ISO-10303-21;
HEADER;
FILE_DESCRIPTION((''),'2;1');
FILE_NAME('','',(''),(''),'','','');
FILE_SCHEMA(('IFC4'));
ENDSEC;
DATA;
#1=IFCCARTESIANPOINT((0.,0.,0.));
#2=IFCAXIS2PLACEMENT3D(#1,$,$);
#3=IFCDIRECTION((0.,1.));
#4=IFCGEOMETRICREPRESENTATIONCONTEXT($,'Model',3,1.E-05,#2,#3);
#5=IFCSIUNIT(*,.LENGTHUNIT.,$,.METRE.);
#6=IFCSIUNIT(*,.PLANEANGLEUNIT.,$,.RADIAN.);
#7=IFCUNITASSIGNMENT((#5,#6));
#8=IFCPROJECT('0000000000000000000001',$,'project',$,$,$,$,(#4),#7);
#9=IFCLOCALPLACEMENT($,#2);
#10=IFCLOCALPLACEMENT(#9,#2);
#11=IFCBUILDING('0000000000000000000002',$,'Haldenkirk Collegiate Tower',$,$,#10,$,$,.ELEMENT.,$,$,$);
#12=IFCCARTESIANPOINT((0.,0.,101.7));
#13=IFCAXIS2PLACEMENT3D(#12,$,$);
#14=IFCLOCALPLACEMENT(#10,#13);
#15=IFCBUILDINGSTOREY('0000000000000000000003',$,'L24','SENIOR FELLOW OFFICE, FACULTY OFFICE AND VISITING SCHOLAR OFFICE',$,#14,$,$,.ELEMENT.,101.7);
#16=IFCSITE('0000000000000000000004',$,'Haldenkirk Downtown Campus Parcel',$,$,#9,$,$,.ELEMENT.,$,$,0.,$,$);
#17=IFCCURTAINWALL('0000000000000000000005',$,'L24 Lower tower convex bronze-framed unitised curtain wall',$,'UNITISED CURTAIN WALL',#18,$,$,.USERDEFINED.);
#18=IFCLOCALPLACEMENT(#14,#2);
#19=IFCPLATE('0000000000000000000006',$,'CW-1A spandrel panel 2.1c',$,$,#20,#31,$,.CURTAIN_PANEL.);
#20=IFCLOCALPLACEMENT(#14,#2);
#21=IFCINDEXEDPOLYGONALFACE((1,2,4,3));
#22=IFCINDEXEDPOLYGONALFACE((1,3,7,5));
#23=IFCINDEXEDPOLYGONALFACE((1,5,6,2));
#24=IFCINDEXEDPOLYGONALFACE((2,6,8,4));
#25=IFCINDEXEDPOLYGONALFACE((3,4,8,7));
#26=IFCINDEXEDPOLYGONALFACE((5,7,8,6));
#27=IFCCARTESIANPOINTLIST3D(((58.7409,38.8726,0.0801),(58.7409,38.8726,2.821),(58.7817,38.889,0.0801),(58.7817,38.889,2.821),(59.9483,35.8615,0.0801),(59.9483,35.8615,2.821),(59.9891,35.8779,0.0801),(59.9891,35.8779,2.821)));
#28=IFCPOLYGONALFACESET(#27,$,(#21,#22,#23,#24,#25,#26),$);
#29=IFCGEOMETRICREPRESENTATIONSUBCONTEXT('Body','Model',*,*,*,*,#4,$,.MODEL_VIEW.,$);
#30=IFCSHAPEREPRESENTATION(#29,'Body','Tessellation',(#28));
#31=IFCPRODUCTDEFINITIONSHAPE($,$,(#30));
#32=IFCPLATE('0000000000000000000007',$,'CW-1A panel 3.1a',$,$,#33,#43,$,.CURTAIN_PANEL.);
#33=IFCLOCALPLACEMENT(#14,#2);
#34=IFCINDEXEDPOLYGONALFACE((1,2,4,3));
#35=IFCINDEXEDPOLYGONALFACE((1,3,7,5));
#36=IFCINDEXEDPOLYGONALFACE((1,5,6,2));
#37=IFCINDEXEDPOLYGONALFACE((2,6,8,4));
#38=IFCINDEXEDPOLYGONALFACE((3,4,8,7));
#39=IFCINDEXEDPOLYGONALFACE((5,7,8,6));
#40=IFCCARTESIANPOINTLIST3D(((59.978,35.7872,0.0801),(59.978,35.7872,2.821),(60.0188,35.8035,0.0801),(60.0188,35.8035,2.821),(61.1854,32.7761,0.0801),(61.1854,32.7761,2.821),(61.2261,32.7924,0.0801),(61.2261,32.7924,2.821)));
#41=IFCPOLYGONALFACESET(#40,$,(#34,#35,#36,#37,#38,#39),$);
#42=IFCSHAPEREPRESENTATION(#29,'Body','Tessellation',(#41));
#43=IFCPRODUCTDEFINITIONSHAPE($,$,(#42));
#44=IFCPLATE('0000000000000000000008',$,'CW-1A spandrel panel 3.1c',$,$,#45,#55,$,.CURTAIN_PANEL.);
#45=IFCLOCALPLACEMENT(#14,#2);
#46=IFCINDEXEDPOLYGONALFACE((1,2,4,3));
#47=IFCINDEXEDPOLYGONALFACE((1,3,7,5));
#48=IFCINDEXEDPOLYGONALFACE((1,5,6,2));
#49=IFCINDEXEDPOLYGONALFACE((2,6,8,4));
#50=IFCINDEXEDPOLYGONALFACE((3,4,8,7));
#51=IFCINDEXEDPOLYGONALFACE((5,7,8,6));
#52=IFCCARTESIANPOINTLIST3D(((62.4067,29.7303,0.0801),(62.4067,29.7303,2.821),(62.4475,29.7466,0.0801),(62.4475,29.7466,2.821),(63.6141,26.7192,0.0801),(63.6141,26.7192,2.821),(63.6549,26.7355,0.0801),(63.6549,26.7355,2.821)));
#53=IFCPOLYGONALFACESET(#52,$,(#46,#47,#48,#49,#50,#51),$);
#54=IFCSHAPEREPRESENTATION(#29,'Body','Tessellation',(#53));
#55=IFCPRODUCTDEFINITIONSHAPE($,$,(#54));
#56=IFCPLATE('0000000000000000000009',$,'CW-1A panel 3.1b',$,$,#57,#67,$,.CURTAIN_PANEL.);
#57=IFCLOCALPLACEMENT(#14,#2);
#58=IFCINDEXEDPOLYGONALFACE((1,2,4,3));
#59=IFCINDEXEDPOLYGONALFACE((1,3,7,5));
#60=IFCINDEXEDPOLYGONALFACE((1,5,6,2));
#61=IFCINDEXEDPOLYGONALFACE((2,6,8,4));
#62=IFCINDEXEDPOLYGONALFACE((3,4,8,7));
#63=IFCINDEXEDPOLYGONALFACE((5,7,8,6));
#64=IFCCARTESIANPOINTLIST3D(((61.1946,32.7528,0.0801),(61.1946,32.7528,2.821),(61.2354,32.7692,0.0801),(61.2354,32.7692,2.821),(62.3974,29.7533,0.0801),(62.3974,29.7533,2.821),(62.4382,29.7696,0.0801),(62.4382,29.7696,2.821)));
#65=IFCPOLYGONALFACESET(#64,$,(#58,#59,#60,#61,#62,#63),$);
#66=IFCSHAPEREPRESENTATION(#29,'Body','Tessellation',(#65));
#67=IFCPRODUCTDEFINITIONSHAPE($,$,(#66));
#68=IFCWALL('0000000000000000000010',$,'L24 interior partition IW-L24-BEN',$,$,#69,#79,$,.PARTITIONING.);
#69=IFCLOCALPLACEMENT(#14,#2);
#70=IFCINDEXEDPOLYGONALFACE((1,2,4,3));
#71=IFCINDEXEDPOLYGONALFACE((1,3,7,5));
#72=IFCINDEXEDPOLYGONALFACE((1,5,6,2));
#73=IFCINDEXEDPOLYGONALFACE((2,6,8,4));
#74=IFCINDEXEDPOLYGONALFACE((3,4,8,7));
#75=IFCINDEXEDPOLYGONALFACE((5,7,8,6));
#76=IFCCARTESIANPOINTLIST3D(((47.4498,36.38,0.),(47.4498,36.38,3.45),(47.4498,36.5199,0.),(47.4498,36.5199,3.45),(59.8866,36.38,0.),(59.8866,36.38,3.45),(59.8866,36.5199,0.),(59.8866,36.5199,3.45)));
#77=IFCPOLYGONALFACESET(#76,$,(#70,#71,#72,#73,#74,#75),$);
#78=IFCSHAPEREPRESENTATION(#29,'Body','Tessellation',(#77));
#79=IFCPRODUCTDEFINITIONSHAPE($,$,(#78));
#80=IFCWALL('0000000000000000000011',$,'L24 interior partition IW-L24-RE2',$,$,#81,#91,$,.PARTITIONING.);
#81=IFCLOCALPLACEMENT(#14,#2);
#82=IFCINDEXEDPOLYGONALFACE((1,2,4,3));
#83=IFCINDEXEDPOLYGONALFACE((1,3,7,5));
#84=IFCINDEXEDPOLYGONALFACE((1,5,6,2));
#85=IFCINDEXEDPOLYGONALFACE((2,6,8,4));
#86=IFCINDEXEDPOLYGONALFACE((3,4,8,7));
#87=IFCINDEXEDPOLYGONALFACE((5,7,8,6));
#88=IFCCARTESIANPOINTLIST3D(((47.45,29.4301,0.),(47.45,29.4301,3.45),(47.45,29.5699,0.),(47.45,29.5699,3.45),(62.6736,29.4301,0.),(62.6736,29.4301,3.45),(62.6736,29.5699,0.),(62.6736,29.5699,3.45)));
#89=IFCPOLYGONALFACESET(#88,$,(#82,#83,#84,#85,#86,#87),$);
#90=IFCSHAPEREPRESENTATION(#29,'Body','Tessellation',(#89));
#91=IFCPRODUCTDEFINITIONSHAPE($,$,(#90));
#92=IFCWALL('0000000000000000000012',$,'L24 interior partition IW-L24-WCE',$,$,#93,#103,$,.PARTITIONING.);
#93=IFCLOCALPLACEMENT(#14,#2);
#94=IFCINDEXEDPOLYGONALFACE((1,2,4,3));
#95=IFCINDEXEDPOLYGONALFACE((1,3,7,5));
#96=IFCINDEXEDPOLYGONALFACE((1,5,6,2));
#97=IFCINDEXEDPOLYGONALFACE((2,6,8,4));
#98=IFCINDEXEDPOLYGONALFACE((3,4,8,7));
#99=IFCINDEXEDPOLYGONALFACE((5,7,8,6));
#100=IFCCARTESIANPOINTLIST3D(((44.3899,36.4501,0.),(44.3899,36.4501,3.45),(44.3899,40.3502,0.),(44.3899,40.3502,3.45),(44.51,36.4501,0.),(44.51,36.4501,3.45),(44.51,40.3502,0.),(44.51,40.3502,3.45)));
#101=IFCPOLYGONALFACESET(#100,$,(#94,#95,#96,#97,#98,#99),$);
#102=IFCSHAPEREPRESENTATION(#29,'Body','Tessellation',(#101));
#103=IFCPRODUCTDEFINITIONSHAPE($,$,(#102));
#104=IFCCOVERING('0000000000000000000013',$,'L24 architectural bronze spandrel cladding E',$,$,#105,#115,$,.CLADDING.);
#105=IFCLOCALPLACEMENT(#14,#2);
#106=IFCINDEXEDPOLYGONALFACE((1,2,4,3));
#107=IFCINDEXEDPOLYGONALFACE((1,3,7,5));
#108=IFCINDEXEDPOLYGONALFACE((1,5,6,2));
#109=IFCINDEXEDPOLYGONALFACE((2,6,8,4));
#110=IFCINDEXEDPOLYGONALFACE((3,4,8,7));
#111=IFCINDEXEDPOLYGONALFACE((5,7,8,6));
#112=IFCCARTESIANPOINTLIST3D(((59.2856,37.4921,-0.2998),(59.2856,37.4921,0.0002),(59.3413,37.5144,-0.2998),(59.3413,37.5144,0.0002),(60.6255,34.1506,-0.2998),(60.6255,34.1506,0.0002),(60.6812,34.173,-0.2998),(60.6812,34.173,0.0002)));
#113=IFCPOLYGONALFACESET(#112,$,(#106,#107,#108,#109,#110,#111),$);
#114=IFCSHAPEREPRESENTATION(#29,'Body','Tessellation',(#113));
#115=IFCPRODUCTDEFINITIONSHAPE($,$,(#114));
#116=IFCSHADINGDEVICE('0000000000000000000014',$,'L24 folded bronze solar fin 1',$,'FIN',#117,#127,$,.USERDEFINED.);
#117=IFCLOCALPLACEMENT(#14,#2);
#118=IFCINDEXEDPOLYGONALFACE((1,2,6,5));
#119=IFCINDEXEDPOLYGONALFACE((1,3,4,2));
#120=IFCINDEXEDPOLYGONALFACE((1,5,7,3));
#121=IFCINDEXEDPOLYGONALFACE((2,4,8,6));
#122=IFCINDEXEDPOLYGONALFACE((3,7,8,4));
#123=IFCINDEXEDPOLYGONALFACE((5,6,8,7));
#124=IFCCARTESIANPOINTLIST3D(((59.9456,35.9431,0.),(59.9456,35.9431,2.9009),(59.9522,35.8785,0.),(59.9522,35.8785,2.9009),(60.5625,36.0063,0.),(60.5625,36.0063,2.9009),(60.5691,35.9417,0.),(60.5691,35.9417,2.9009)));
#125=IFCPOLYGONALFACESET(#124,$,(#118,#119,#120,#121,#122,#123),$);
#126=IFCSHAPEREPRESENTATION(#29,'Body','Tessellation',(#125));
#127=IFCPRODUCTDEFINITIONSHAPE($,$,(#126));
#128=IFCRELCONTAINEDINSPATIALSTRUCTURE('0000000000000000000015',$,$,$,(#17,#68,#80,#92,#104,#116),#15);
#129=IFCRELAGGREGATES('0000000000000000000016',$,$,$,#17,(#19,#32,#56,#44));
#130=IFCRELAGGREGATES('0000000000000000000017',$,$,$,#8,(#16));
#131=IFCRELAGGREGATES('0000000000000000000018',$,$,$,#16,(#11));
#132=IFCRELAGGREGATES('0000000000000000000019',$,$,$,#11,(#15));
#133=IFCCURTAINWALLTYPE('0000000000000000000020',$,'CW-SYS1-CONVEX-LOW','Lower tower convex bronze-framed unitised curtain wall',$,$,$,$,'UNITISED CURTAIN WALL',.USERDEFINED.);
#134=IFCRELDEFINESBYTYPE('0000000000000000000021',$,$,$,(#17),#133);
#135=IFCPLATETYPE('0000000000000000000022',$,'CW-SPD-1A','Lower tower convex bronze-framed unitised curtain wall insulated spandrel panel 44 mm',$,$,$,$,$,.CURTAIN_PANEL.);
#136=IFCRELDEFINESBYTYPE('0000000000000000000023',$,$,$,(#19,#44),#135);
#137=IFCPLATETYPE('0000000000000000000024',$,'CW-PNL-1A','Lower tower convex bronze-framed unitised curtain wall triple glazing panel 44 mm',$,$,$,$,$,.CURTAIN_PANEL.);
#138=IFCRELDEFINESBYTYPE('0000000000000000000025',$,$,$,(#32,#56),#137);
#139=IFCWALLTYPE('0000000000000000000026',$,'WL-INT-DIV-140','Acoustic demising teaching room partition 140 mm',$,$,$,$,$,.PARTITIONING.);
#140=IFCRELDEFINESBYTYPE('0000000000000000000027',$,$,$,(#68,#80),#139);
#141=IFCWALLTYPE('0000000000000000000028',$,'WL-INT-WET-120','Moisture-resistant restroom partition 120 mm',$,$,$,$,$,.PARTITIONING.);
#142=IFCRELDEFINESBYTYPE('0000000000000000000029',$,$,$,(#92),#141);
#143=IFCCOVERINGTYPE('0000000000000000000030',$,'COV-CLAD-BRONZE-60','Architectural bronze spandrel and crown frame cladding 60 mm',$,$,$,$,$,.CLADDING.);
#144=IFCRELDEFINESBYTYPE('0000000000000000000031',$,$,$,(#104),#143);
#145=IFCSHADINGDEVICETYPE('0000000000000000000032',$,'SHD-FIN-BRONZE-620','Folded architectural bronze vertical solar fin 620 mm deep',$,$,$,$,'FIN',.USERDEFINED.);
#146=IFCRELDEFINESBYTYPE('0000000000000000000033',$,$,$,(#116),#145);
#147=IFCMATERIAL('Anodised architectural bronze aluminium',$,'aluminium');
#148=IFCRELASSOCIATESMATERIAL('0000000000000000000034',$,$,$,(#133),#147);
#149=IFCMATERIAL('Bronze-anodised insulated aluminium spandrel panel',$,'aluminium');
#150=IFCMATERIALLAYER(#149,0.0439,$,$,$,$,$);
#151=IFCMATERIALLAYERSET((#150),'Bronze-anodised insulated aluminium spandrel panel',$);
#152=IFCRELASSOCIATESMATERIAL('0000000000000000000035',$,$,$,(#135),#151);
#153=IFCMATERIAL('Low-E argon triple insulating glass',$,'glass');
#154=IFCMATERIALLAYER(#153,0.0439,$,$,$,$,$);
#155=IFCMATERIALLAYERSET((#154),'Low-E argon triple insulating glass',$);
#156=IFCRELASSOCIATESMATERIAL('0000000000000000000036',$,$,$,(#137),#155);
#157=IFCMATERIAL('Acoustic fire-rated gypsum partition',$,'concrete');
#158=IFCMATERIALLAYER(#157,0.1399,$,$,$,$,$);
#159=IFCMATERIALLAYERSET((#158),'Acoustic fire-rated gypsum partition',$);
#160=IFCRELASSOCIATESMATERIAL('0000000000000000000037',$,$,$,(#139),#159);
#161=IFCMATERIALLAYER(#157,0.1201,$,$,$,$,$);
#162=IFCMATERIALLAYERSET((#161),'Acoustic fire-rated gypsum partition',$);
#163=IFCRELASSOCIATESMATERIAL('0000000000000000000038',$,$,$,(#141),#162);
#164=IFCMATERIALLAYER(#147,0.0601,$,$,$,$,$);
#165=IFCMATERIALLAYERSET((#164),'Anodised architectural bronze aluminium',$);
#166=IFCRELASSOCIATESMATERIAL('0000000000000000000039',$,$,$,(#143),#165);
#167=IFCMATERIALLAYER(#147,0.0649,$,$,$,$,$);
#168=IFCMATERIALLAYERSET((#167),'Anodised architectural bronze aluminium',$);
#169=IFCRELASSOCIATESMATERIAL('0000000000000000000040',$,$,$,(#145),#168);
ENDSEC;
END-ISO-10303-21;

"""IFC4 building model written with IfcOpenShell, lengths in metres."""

from ifc_helpers import new_model, si_unit, direction, frame, frame_2d, origin, origin_2d, place, context, subcontext, project, spatial, rectangle, extrude, source, transform, mapped, material, layer, layer_set, type_object, element, aggregate, save


model = new_model("IFC4")

# Units and contexts
model_context = context("Model", 3, precision=1e-05, world=origin(), true_north=direction((0.0, 1.0)))
body_context = subcontext(model_context, "Body", "Model", "MODEL_VIEW")
ifc_project = project(units=[si_unit("LENGTHUNIT", "METRE"), si_unit("PLANEANGLEUNIT", "RADIAN")], contexts=[model_context])

# Site, building, storey
site_placement = place(None, origin())
site = spatial("IfcSite", under=ifc_project, at=site_placement, Name="Haldenkirk Downtown Campus Parcel", CompositionType="ELEMENT", RefElevation=0.0)
building_placement = place(site_placement, origin())
building = spatial("IfcBuilding", under=site, at=building_placement, Name="Haldenkirk Collegiate Tower", CompositionType="ELEMENT")
storey_placement = place(building_placement, frame((0.0, 0.0, 101.7)))
storey = spatial("IfcBuildingStorey", under=building, at=storey_placement, Name="L24", Description="SENIOR FELLOW OFFICE, FACULTY OFFICE AND VISITING SCHOLAR OFFICE", CompositionType="ELEMENT", Elevation=101.7)

# Curtain wall, plates
ifc_material_1 = material(Name="Anodised architectural bronze aluminium", Category="aluminium")
curtain_wall_type = type_object("IfcCurtainWallType", Name="CW-SYS1-CONVEX-LOW", Description="Lower tower convex bronze-framed unitised curtain wall", ElementType="UNITISED CURTAIN WALL", PredefinedType="USERDEFINED", material=ifc_material_1)
curtain_wall_placement = place(storey_placement, origin())
curtain_wall = element("IfcCurtainWall", 1, at=curtain_wall_placement, inside=storey, type_object=curtain_wall_type, Name="L24 Lower tower convex bronze-framed unitised curtain wall", ObjectType="UNITISED CURTAIN WALL", PredefinedType="USERDEFINED")
ifc_material_2 = material(Name="Bronze-anodised insulated aluminium spandrel panel", Category="aluminium")
ifc_layer_1 = layer(ifc_material_2, 0.0439)
ifc_layer_set_1 = layer_set([ifc_layer_1], Name="Bronze-anodised insulated aluminium spandrel panel")
plate_type_1 = type_object("IfcPlateType", Name="CW-SPD-1A", Description="Lower tower convex bronze-framed unitised curtain wall insulated spandrel panel 44 mm", PredefinedType="CURTAIN_PANEL", material=ifc_layer_set_1)
shared_shape_1 = source(origin(), body_context, "Body", "SweptSolid", [
    extrude(rectangle(XDim=3.2441, YDim=0.0439, at=origin_2d()), origin(), (0.0, 0.0, 1.0), 2.741),
])
plate_1_placement = place(storey_placement, frame((59.365, 37.3752, 0.0801), z_axis=(0.0, 0.0, 1.0), x_axis=(0.372175, -0.928163, 0.0)))
plate_1 = element("IfcPlate", 2, at=plate_1_placement, type_object=plate_type_1, Name="CW-1A spandrel panel 2.1c", PredefinedType="CURTAIN_PANEL", context=body_context, shape_type="MappedRepresentation", body=[
    mapped(shared_shape_1, transform((0.0, 0.0, 0.0), x_axis=(1.0, 0.0, 0.0), y_axis=(0.0, 1.0, 0.0), z_axis=(0.0, 0.0, 1.0), scale=1.0)),
])
ifc_material_3 = material(Name="Low-E argon triple insulating glass", Category="glass")
ifc_layer_2 = layer(ifc_material_3, 0.0439)
ifc_layer_set_2 = layer_set([ifc_layer_2], Name="Low-E argon triple insulating glass")
plate_type_2 = type_object("IfcPlateType", Name="CW-PNL-1A", Description="Lower tower convex bronze-framed unitised curtain wall triple glazing panel 44 mm", PredefinedType="CURTAIN_PANEL", material=ifc_layer_set_2)
plate_2_placement = place(storey_placement, frame((60.6021, 34.2898, 0.0801), z_axis=(0.0, 0.0, 1.0), x_axis=(0.372175, -0.928163, 0.0)))
plate_2 = element("IfcPlate", 3, at=plate_2_placement, type_object=plate_type_2, Name="CW-1A panel 3.1a", PredefinedType="CURTAIN_PANEL", context=body_context, shape_type="MappedRepresentation", body=[
    mapped(shared_shape_1, transform((0.0, 0.0, 0.0), x_axis=(1.0, 0.0, 0.0), y_axis=(0.0, 1.0, 0.0), z_axis=(0.0, 0.0, 1.0), scale=1.0)),
])
plate_3_placement = place(storey_placement, frame((63.0308, 28.2329, 0.0801), z_axis=(0.0, 0.0, 1.0), x_axis=(0.372175, -0.928163, 0.0)))
plate_3 = element("IfcPlate", 4, at=plate_3_placement, type_object=plate_type_1, Name="CW-1A spandrel panel 3.1c", PredefinedType="CURTAIN_PANEL", context=body_context, shape_type="MappedRepresentation", body=[
    mapped(shared_shape_1, transform((0.0, 0.0, 0.0), x_axis=(1.0, 0.0, 0.0), y_axis=(0.0, 1.0, 0.0), z_axis=(0.0, 0.0, 1.0), scale=1.0)),
])
shared_shape_2 = source(origin(), body_context, "Body", "SweptSolid", [
    extrude(rectangle(XDim=3.2317, YDim=0.0439, at=origin_2d()), origin(), (0.0, 0.0, 1.0), 2.741),
])
plate_4_placement = place(storey_placement, frame((61.8164, 31.2612, 0.0801), z_axis=(0.0, 0.0, 1.0), x_axis=(0.372175, -0.928163, 0.0)))
plate_4 = element("IfcPlate", 5, at=plate_4_placement, type_object=plate_type_2, Name="CW-1A panel 3.1b", PredefinedType="CURTAIN_PANEL", context=body_context, shape_type="MappedRepresentation", body=[
    mapped(shared_shape_2, transform((0.0, 0.0, 0.0), x_axis=(1.0, 0.0, 0.0), y_axis=(0.0, 1.0, 0.0), z_axis=(0.0, 0.0, 1.0), scale=1.0)),
])
aggregate(curtain_wall, [plate_1, plate_2, plate_4, plate_3])

# Walls
ifc_material_4 = material(Name="Acoustic fire-rated gypsum partition", Category="concrete")
ifc_layer_3 = layer(ifc_material_4, 0.1399)
ifc_layer_set_3 = layer_set([ifc_layer_3], Name="Acoustic fire-rated gypsum partition")
wall_type_1 = type_object("IfcWallType", Name="WL-INT-DIV-140", Description="Acoustic demising teaching room partition 140 mm", PredefinedType="PARTITIONING", material=ifc_layer_set_3)
wall_1_placement = place(storey_placement, frame((47.45, 36.45, 0.0), z_axis=(0.0, 0.0, 1.0), x_axis=(1.0, 0.0, 0.0)))
element("IfcWall", 6, at=wall_1_placement, inside=storey, type_object=wall_type_1, Name="L24 interior partition IW-L24-BEN", PredefinedType="PARTITIONING", context=body_context, shape_type="SweptSolid", body=[
    extrude(rectangle(XDim=12.4368, YDim=0.1399, at=frame_2d((6.2183, 0.0))), origin(), (0.0, 0.0, 1.0), 3.45),
])
wall_2_placement = place(storey_placement, frame((47.45, 29.5, 0.0), z_axis=(0.0, 0.0, 1.0), x_axis=(1.0, 0.0, 0.0)))
element("IfcWall", 7, at=wall_2_placement, inside=storey, type_object=wall_type_1, Name="L24 interior partition IW-L24-RE2", PredefinedType="PARTITIONING", context=body_context, shape_type="SweptSolid", body=[
    extrude(rectangle(XDim=15.2236, YDim=0.1399, at=frame_2d((7.6118, 0.0))), origin(), (0.0, 0.0, 1.0), 3.45),
])
ifc_layer_4 = layer(ifc_material_4, 0.1201)
ifc_layer_set_4 = layer_set([ifc_layer_4], Name="Acoustic fire-rated gypsum partition")
wall_type_2 = type_object("IfcWallType", Name="WL-INT-WET-120", Description="Moisture-resistant restroom partition 120 mm", PredefinedType="PARTITIONING", material=ifc_layer_set_4)
wall_3_placement = place(storey_placement, frame((44.45, 36.45, 0.0), z_axis=(0.0, 0.0, 1.0), x_axis=(0.0, 1.0, 0.0)))
element("IfcWall", 8, at=wall_3_placement, inside=storey, type_object=wall_type_2, Name="L24 interior partition IW-L24-WCE", PredefinedType="PARTITIONING", context=body_context, shape_type="SweptSolid", body=[
    extrude(rectangle(XDim=3.9001, YDim=0.1201, at=frame_2d((1.9502, 0.0))), origin(), (0.0, 0.0, 1.0), 3.45),
])

# Covering
ifc_layer_5 = layer(ifc_material_1, 0.0601)
ifc_layer_set_5 = layer_set([ifc_layer_5], Name="Anodised architectural bronze aluminium")
covering_type = type_object("IfcCoveringType", Name="COV-CLAD-BRONZE-60", Description="Architectural bronze spandrel and crown frame cladding 60 mm", PredefinedType="CLADDING", material=ifc_layer_set_5)
shared_shape_3 = source(origin(), body_context, "Body", "SweptSolid", [
    extrude(rectangle(XDim=3.6001, YDim=0.0601, at=origin_2d()), origin(), (0.0, 0.0, 1.0), 0.3),
])
covering_placement = place(storey_placement, frame((59.9834, 35.8325, -0.2998), z_axis=(0.0, 0.0, 1.0), x_axis=(0.372178, -0.928161, 0.0)))
element("IfcCovering", 9, at=covering_placement, inside=storey, type_object=covering_type, Name="L24 architectural bronze spandrel cladding E", PredefinedType="CLADDING", context=body_context, shape_type="MappedRepresentation", body=[
    mapped(shared_shape_3, transform((0.0, 0.0, 0.0), x_axis=(1.0, 0.0, 0.0), y_axis=(0.0, 1.0, 0.0), z_axis=(0.0, 0.0, 1.0), scale=1.0)),
])

# Shading device
ifc_layer_6 = layer(ifc_material_1, 0.0649)
ifc_layer_set_6 = layer_set([ifc_layer_6], Name="Anodised architectural bronze aluminium")
shading_device_type = type_object("IfcShadingDeviceType", Name="SHD-FIN-BRONZE-620", Description="Folded architectural bronze vertical solar fin 620 mm deep", ElementType="FIN", PredefinedType="USERDEFINED", material=ifc_layer_set_6)
shared_shape_4 = source(origin(), body_context, "Body", "SweptSolid", [
    extrude(rectangle(XDim=0.6201, YDim=0.0649, at=origin_2d()), origin(), (0.0, 0.0, 1.0), 2.9009),
])
shading_device_placement = place(storey_placement, frame((60.2573, 35.9424, 0.0), z_axis=(0.0, 0.0, 1.0), x_axis=(0.994792, 0.101924, 0.0)))
element("IfcShadingDevice", 10, at=shading_device_placement, inside=storey, type_object=shading_device_type, Name="L24 folded bronze solar fin 1", ObjectType="FIN", PredefinedType="USERDEFINED", context=body_context, shape_type="MappedRepresentation", body=[
    mapped(shared_shape_4, transform((0.0, 0.0, 0.0), x_axis=(1.0, 0.0, 0.0), y_axis=(0.0, 1.0, 0.0), z_axis=(0.0, 0.0, 1.0), scale=1.0)),
])

save(model, "model.ifc")
